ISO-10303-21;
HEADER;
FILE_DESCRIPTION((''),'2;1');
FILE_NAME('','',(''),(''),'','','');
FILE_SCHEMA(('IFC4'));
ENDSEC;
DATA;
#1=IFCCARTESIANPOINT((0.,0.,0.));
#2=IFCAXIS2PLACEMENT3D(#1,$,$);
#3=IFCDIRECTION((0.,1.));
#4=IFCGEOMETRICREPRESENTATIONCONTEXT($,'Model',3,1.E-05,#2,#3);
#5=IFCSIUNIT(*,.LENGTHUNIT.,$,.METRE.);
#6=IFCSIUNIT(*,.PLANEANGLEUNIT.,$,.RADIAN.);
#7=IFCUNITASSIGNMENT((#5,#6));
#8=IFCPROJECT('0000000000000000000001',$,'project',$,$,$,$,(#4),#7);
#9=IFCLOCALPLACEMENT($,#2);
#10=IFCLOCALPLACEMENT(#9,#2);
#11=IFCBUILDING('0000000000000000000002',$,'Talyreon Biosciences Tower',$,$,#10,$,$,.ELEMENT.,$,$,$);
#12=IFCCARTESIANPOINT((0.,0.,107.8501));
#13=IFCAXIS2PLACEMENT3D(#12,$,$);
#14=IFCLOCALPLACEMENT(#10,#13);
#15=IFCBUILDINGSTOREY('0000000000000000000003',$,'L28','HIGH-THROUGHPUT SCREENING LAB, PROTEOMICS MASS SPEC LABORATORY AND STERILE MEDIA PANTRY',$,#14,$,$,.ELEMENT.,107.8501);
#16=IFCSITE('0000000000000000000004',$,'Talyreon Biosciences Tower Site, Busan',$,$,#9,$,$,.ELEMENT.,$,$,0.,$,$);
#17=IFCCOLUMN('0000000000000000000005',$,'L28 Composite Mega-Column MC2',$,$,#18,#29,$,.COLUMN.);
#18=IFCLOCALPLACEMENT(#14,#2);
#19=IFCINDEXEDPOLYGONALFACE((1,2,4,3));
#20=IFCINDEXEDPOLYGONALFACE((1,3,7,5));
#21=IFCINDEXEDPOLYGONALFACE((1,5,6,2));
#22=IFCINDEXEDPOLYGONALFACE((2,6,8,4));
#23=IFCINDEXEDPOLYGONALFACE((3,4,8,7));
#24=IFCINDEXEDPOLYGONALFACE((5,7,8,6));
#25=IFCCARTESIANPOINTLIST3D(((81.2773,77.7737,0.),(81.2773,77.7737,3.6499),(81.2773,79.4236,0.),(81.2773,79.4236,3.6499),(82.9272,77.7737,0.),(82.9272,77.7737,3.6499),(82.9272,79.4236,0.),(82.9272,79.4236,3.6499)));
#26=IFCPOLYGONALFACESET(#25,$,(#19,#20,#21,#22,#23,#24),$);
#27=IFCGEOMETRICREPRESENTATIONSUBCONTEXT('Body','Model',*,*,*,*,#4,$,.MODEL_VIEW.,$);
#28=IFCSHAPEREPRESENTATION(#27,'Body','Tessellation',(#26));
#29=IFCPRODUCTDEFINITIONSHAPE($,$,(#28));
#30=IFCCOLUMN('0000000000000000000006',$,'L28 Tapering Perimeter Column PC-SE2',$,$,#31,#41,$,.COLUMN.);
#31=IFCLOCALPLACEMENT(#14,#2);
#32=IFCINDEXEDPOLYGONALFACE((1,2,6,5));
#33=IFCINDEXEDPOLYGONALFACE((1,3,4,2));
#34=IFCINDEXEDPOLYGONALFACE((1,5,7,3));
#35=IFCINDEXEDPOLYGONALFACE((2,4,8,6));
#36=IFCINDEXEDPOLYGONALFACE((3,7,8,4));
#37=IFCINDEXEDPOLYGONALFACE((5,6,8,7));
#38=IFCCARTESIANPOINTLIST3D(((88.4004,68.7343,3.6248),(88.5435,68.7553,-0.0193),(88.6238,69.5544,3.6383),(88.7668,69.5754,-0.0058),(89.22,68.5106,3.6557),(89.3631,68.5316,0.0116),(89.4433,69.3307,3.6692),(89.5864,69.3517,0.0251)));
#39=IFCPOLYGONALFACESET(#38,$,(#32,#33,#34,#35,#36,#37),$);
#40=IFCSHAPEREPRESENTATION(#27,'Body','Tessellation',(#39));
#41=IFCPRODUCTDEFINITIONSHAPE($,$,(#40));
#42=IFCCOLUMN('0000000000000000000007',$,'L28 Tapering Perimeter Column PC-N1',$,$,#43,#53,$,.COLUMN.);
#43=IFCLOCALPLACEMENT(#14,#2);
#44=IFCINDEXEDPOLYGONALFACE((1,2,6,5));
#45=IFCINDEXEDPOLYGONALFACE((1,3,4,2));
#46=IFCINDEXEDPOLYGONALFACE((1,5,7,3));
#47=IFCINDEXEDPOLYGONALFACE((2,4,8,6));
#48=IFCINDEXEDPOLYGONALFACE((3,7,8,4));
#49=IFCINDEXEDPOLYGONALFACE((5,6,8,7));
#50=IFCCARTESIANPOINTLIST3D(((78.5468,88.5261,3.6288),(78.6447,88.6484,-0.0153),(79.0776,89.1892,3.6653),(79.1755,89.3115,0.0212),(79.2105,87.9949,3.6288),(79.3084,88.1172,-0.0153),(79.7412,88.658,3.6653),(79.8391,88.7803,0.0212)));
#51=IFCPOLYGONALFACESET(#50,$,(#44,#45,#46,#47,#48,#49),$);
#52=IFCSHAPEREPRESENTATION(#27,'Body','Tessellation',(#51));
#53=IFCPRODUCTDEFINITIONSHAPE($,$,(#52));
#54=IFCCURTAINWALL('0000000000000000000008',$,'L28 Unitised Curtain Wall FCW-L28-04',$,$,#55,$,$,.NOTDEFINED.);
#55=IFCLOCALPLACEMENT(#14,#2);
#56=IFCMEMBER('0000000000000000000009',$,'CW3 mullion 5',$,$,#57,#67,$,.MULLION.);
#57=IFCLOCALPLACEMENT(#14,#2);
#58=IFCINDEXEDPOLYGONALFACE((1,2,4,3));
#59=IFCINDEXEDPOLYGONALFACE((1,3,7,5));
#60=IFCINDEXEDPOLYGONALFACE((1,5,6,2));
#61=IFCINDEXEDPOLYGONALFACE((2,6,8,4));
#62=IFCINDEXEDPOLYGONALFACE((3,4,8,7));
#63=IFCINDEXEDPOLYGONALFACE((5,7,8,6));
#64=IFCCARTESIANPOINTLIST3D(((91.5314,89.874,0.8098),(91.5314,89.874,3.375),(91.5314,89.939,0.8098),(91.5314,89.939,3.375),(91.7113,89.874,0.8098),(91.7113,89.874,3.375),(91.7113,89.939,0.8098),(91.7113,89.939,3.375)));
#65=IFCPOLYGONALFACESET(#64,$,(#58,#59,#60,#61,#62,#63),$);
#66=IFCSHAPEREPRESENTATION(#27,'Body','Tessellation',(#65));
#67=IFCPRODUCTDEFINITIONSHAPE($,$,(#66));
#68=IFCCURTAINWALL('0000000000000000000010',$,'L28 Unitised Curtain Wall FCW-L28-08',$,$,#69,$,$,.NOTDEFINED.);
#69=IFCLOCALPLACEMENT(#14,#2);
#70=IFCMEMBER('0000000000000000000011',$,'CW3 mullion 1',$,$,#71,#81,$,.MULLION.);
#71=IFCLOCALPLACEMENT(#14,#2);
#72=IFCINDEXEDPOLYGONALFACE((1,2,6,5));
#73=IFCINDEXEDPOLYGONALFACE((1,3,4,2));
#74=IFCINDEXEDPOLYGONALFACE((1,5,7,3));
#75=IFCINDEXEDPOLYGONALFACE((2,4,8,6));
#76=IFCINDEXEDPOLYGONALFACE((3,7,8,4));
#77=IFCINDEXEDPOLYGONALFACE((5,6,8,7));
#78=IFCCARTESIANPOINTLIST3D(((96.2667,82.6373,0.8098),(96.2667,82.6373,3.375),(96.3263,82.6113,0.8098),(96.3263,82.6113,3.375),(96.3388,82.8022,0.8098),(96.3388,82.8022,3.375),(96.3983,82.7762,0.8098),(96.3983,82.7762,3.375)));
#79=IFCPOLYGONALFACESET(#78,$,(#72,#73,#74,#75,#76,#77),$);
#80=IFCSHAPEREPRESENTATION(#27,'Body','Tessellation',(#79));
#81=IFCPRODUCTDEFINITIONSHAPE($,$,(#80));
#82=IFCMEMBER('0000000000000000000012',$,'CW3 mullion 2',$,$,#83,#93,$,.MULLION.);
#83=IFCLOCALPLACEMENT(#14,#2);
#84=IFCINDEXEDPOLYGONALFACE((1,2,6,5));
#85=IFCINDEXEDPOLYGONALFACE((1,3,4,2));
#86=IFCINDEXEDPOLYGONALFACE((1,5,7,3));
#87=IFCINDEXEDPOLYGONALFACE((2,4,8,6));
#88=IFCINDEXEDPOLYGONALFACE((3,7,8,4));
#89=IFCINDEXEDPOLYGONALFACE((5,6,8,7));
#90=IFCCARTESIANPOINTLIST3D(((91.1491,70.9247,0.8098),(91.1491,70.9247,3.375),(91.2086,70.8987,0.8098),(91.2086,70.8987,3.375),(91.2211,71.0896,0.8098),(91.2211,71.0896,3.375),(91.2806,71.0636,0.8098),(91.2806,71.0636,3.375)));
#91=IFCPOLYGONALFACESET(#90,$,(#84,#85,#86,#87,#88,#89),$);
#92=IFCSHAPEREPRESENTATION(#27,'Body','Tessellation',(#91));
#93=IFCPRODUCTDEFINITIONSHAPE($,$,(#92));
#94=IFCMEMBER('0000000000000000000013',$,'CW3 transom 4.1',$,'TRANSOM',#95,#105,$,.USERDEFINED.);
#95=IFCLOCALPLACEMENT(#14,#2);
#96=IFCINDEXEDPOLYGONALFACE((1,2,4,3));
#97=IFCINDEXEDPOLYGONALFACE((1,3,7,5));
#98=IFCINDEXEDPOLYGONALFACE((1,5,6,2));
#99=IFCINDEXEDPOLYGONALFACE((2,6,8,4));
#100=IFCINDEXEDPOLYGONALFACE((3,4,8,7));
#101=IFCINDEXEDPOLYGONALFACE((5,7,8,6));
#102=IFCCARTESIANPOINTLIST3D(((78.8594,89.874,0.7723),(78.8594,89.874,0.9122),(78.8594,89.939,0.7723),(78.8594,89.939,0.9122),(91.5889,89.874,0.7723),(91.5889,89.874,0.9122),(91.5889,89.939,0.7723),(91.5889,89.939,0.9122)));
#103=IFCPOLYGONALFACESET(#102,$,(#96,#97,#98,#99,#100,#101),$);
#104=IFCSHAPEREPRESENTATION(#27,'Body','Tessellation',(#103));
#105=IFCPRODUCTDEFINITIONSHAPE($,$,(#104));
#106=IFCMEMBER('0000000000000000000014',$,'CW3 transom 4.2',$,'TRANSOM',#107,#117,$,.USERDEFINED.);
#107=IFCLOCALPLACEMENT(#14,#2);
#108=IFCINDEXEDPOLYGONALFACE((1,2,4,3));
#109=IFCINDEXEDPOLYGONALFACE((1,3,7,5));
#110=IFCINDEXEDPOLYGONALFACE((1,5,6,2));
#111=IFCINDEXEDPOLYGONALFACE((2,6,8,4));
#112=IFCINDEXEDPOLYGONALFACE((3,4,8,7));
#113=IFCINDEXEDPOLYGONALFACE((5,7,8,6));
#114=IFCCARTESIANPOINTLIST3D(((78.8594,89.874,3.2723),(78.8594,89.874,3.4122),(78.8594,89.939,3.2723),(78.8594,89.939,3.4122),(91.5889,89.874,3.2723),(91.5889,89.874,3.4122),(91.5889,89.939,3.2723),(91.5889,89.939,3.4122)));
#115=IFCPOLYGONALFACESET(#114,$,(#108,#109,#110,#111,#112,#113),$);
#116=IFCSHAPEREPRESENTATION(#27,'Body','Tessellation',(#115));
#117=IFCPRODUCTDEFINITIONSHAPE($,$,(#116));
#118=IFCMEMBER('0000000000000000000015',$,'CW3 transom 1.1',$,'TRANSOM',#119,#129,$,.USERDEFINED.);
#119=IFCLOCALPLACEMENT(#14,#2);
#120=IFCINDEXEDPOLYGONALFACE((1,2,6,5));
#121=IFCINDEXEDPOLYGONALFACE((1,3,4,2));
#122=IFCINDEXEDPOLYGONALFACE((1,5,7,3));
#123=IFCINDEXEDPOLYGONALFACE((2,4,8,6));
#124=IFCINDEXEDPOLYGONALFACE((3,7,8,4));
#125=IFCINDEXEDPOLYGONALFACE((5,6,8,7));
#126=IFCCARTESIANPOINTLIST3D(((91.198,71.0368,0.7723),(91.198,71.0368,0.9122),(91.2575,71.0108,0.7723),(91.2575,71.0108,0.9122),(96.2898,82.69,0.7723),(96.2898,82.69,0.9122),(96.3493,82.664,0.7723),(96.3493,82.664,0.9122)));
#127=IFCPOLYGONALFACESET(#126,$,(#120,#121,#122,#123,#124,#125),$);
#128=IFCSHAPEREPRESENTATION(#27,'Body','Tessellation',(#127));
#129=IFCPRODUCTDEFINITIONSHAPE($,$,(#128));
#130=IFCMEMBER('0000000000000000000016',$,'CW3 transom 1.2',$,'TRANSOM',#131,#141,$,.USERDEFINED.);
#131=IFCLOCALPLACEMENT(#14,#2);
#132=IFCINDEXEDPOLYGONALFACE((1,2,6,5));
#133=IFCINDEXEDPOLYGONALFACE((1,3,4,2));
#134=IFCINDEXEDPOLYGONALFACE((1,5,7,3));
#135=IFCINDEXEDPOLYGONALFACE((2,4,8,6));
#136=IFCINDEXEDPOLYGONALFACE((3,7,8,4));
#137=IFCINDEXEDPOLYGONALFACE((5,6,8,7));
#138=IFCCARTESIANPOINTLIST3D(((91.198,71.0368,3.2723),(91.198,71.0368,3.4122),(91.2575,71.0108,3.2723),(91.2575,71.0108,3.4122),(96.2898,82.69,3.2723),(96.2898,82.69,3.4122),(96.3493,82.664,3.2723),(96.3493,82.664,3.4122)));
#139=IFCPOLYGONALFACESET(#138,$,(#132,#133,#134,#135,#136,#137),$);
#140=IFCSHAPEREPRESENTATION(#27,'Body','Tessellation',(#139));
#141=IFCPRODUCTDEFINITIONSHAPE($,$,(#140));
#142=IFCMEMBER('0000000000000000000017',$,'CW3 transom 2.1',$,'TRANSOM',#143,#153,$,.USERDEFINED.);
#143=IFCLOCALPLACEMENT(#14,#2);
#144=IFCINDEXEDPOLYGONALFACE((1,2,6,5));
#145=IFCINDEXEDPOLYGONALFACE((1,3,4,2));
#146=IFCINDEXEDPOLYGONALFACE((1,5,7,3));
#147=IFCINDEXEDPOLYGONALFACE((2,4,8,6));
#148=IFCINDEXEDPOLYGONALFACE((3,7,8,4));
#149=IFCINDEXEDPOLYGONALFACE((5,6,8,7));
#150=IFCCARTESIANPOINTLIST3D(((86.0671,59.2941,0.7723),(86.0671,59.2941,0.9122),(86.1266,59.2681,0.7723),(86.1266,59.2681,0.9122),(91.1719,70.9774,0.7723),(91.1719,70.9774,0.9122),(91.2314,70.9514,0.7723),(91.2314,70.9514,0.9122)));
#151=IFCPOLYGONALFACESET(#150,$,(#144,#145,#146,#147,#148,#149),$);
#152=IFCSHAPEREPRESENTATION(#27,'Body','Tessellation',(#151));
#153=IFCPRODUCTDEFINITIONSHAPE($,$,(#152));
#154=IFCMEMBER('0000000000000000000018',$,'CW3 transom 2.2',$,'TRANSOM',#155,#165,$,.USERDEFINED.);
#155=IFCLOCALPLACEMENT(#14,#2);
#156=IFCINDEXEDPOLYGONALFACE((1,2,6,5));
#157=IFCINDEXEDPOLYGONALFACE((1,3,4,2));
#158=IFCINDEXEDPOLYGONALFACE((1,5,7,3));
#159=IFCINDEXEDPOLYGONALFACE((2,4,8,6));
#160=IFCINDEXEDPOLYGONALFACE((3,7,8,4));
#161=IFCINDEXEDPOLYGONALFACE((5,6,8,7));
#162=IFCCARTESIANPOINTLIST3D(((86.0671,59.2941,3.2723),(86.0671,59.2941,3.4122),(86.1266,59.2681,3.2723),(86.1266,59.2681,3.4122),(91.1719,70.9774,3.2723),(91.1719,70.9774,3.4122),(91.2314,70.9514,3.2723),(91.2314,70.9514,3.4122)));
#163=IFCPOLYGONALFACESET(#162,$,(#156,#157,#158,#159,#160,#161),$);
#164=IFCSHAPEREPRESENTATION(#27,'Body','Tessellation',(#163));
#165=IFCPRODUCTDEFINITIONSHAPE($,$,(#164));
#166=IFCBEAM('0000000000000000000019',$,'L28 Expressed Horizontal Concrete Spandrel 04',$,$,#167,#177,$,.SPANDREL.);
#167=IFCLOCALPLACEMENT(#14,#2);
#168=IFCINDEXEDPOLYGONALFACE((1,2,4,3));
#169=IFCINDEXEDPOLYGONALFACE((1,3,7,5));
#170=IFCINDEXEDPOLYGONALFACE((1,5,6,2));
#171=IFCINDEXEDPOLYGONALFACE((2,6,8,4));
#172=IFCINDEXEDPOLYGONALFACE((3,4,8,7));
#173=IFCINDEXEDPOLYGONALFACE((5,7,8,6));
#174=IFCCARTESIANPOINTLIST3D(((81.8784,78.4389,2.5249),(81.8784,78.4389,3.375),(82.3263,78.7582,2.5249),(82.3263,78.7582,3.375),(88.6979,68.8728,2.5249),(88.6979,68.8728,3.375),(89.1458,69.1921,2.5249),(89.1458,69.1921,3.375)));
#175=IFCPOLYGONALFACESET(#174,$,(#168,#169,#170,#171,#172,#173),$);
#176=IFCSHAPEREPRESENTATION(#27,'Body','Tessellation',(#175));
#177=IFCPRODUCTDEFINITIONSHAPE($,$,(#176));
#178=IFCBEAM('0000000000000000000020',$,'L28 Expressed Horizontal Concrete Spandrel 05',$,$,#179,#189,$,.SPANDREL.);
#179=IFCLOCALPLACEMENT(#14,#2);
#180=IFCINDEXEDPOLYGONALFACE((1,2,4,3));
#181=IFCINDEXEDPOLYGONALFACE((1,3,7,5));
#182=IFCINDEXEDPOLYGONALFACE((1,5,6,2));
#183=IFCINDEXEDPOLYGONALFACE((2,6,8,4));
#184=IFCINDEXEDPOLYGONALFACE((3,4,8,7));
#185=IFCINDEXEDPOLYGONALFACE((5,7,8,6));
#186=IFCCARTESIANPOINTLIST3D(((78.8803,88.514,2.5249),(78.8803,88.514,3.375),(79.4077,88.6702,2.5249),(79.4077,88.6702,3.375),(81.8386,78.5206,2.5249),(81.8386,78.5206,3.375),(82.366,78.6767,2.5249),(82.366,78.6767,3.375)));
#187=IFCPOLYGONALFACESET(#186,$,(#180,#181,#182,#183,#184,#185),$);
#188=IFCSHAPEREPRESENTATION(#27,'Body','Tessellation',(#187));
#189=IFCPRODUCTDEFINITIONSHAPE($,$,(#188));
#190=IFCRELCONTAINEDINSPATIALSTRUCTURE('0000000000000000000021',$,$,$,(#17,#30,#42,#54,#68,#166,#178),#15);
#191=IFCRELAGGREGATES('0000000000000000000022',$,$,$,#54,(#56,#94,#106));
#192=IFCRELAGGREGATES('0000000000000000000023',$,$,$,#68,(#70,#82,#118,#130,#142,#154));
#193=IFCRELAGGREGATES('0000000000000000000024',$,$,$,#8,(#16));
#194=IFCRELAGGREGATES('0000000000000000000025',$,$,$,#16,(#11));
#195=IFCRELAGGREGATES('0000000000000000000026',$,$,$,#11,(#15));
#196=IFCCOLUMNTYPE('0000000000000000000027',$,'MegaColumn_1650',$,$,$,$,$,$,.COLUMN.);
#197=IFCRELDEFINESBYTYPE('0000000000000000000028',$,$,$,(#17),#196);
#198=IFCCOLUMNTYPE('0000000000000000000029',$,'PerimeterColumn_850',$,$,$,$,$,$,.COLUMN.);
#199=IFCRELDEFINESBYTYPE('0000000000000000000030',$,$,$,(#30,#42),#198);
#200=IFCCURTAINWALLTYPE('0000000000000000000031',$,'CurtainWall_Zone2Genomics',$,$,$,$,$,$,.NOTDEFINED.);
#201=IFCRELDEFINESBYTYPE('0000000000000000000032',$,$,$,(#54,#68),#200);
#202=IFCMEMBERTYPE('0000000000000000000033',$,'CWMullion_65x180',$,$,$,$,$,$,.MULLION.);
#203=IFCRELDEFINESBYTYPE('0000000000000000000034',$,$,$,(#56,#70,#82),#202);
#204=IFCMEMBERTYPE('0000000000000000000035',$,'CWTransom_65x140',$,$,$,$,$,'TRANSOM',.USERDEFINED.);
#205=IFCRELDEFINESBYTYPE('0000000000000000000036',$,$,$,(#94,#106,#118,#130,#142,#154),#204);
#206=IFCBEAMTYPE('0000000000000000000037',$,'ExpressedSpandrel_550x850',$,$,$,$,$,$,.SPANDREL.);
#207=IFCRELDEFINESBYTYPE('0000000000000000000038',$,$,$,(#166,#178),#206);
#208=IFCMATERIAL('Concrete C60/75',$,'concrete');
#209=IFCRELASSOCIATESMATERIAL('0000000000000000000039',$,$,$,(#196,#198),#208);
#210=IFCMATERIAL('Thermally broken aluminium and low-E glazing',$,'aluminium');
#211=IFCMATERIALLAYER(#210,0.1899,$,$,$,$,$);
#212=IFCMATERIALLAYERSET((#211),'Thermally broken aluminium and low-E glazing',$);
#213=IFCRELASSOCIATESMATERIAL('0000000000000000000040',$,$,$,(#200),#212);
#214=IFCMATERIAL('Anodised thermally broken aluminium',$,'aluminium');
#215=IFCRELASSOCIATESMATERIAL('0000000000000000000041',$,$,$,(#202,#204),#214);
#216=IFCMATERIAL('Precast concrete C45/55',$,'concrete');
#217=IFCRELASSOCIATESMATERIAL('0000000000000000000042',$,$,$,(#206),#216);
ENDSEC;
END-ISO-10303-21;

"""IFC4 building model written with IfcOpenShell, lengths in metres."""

from ifc_helpers import new_model, si_unit, direction, frame, origin, origin_2d, place, context, subcontext, project, spatial, rectangle, extrude, material, layer, layer_set, material_profile, profile_set, type_object, element, aggregate, save


model = new_model("IFC4")

# Units and contexts
model_context = context("Model", 3, precision=1e-05, world=origin(), true_north=direction((0.0, 1.0)))
body_context = subcontext(model_context, "Body", "Model", "MODEL_VIEW")
ifc_project = project(units=[si_unit("LENGTHUNIT", "METRE"), si_unit("PLANEANGLEUNIT", "RADIAN")], contexts=[model_context])

# Site, building, storey
site_placement = place(None, origin())
site = spatial("IfcSite", under=ifc_project, at=site_placement, Name="Talyreon Biosciences Tower Site, Busan", CompositionType="ELEMENT", RefElevation=0.0)
building_placement = place(site_placement, origin())
building = spatial("IfcBuilding", under=site, at=building_placement, Name="Talyreon Biosciences Tower", CompositionType="ELEMENT")
storey_placement = place(building_placement, frame((0.0, 0.0, 107.8501)))
storey = spatial("IfcBuildingStorey", under=building, at=storey_placement, Name="L28", Description="HIGH-THROUGHPUT SCREENING LAB, PROTEOMICS MASS SPEC LABORATORY AND STERILE MEDIA PANTRY", CompositionType="ELEMENT", Elevation=107.8501)

# Columns
ifc_material_1 = material(Name="Concrete C60/75", Category="concrete")
ifc_material_profile_1 = material_profile(ifc_material_1, rectangle(XDim=1.6499, YDim=1.6499, at=origin_2d()), Name="RC 1650x1650")
ifc_profile_set_1 = profile_set([ifc_material_profile_1], Name="Concrete C60/75")
column_type_1 = type_object("IfcColumnType", Name="MegaColumn_1650", PredefinedType="COLUMN", material=ifc_profile_set_1)
column_1_placement = place(storey_placement, frame((82.1023, 78.5986, 0.0), z_axis=(0.0, 0.0, 1.0), x_axis=(1.0, 0.0, 0.0)))
element("IfcColumn", 1, at=column_1_placement, inside=storey, type_object=column_type_1, Name="L28 Composite Mega-Column MC2", PredefinedType="COLUMN", context=body_context, shape_type="SweptSolid", body=[
    extrude(rectangle(XDim=1.6499, YDim=1.6499, at=origin_2d()), origin(), (0.0, 0.0, 1.0), 3.6499),
])
ifc_material_profile_2 = material_profile(ifc_material_1, rectangle(XDim=0.8501, YDim=0.8501, at=origin_2d()), Name="RC 850x850")
ifc_profile_set_2 = profile_set([ifc_material_profile_2], Name="Concrete C60/75")
column_type_2 = type_object("IfcColumnType", Name="PerimeterColumn_850", PredefinedType="COLUMN", material=ifc_profile_set_2)
column_2_placement = place(storey_placement, frame((89.0649, 69.0535, 0.0029), z_axis=(-0.039229, -0.005757, 0.999214), x_axis=(0.964074, -0.263136, 0.036334)))
element("IfcColumn", 2, at=column_2_placement, inside=storey, type_object=column_type_2, Name="L28 Tapering Perimeter Column PC-SE2", PredefinedType="COLUMN", context=body_context, shape_type="SweptSolid", body=[
    extrude(rectangle(XDim=0.8501, YDim=0.8501, at=origin_2d()), origin(), (0.0, 0.0, 1.0), 3.647),
])
column_3_placement = place(storey_placement, frame((79.2419, 88.7144, 0.0029), z_axis=(-0.026841, -0.033535, 0.999077), x_axis=(-0.780717, 0.624885, 0.0)))
element("IfcColumn", 3, at=column_3_placement, inside=storey, type_object=column_type_2, Name="L28 Tapering Perimeter Column PC-N1", PredefinedType="COLUMN", context=body_context, shape_type="SweptSolid", body=[
    extrude(rectangle(XDim=0.8501, YDim=0.8501, at=origin_2d()), origin(), (0.0, 0.0, 1.0), 3.6475),
])

# Curtain wall, member
ifc_material_2 = material(Name="Thermally broken aluminium and low-E glazing", Category="aluminium")
ifc_layer_1 = layer(ifc_material_2, 0.1899)
ifc_layer_set_1 = layer_set([ifc_layer_1], Name="Thermally broken aluminium and low-E glazing")
curtain_wall_type = type_object("IfcCurtainWallType", Name="CurtainWall_Zone2Genomics", PredefinedType="NOTDEFINED", material=ifc_layer_set_1)
curtain_wall_1_placement = place(storey_placement, origin())
curtain_wall_1 = element("IfcCurtainWall", 4, at=curtain_wall_1_placement, inside=storey, type_object=curtain_wall_type, Name="L28 Unitised Curtain Wall FCW-L28-04", PredefinedType="NOTDEFINED")
ifc_material_3 = material(Name="Anodised thermally broken aluminium", Category="aluminium")
ifc_material_profile_3 = material_profile(ifc_material_3, rectangle(XDim=0.0649, YDim=0.1799, at=origin_2d()), Name="ALUM MULLION 65x180")
ifc_profile_set_3 = profile_set([ifc_material_profile_3], Name="Anodised thermally broken aluminium")
member_type_1 = type_object("IfcMemberType", Name="CWMullion_65x180", PredefinedType="MULLION", material=ifc_profile_set_3)
member_1_placement = place(storey_placement, frame((91.6213, 89.9065, 0.8098), z_axis=(0.0, 0.0, 1.0), x_axis=(0.0, 1.0, 0.0)))
member_1 = element("IfcMember", 5, at=member_1_placement, type_object=member_type_1, Name="CW3 mullion 5", PredefinedType="MULLION", context=body_context, shape_type="SweptSolid", body=[
    extrude(rectangle(XDim=0.0649, YDim=0.1799, at=origin_2d()), origin(), (0.0, 0.0, 1.0), 2.5652),
])

# Curtain wall, members
curtain_wall_2_placement = place(storey_placement, origin())
curtain_wall_2 = element("IfcCurtainWall", 6, at=curtain_wall_2_placement, inside=storey, type_object=curtain_wall_type, Name="L28 Unitised Curtain Wall FCW-L28-08", PredefinedType="NOTDEFINED")
member_2_placement = place(storey_placement, frame((96.3325, 82.7068, 0.8098), z_axis=(0.0, 0.0, 1.0), x_axis=(0.916346, -0.400387, 0.0)))
member_2 = element("IfcMember", 7, at=member_2_placement, type_object=member_type_1, Name="CW3 mullion 1", PredefinedType="MULLION", context=body_context, shape_type="SweptSolid", body=[
    extrude(rectangle(XDim=0.0649, YDim=0.1799, at=origin_2d()), origin(), (0.0, 0.0, 1.0), 2.5652),
])
member_3_placement = place(storey_placement, frame((91.2148, 70.9941, 0.8098), z_axis=(0.0, 0.0, 1.0), x_axis=(0.916346, -0.400387, 0.0)))
member_3 = element("IfcMember", 8, at=member_3_placement, type_object=member_type_1, Name="CW3 mullion 2", PredefinedType="MULLION", context=body_context, shape_type="SweptSolid", body=[
    extrude(rectangle(XDim=0.0649, YDim=0.1799, at=origin_2d()), origin(), (0.0, 0.0, 1.0), 2.5652),
])

# Members
ifc_material_profile_4 = material_profile(ifc_material_3, rectangle(XDim=0.0649, YDim=0.1399, at=origin_2d()), Name="ALUM TRANSOM 65x140")
ifc_profile_set_4 = profile_set([ifc_material_profile_4], Name="Anodised thermally broken aluminium")
member_type_2 = type_object("IfcMemberType", Name="CWTransom_65x140", ElementType="TRANSOM", PredefinedType="USERDEFINED", material=ifc_profile_set_4)
member_4_placement = place(storey_placement, frame((78.8594, 89.9065, 0.8423), z_axis=(1.0, 0.0, 0.0), x_axis=(0.0, 1.0, 0.0)))
member_4 = element("IfcMember", 9, at=member_4_placement, type_object=member_type_2, Name="CW3 transom 4.1", ObjectType="TRANSOM", PredefinedType="USERDEFINED", context=body_context, shape_type="SweptSolid", body=[
    extrude(rectangle(XDim=0.0649, YDim=0.1399, at=origin_2d()), origin(), (0.0, 0.0, 1.0), 12.7295),
])
member_5_placement = place(storey_placement, frame((78.8594, 89.9065, 3.3423), z_axis=(1.0, 0.0, 0.0), x_axis=(0.0, 1.0, 0.0)))
member_5 = element("IfcMember", 10, at=member_5_placement, type_object=member_type_2, Name="CW3 transom 4.2", ObjectType="TRANSOM", PredefinedType="USERDEFINED", context=body_context, shape_type="SweptSolid", body=[
    extrude(rectangle(XDim=0.0649, YDim=0.1399, at=origin_2d()), origin(), (0.0, 0.0, 1.0), 12.7295),
])
member_6_placement = place(storey_placement, frame((96.3196, 82.677, 0.8423), z_axis=(-0.400395, -0.916343, 0.0), x_axis=(0.916343, -0.400395, 0.0)))
member_6 = element("IfcMember", 11, at=member_6_placement, type_object=member_type_2, Name="CW3 transom 1.1", ObjectType="TRANSOM", PredefinedType="USERDEFINED", context=body_context, shape_type="SweptSolid", body=[
    extrude(rectangle(XDim=0.0649, YDim=0.1399, at=origin_2d()), origin(), (0.0, 0.0, 1.0), 12.717),
])
member_7_placement = place(storey_placement, frame((96.3196, 82.677, 3.3423), z_axis=(-0.400395, -0.916343, 0.0), x_axis=(0.916343, -0.400395, 0.0)))
member_7 = element("IfcMember", 12, at=member_7_placement, type_object=member_type_2, Name="CW3 transom 1.2", ObjectType="TRANSOM", PredefinedType="USERDEFINED", context=body_context, shape_type="SweptSolid", body=[
    extrude(rectangle(XDim=0.0649, YDim=0.1399, at=origin_2d()), origin(), (0.0, 0.0, 1.0), 12.717),
])
member_8_placement = place(storey_placement, frame((91.2017, 70.9644, 0.8423), z_axis=(-0.400383, -0.916348, 0.0), x_axis=(0.916348, -0.400383, 0.0)))
member_8 = element("IfcMember", 13, at=member_8_placement, type_object=member_type_2, Name="CW3 transom 2.1", ObjectType="TRANSOM", PredefinedType="USERDEFINED", context=body_context, shape_type="SweptSolid", body=[
    extrude(rectangle(XDim=0.0649, YDim=0.1399, at=origin_2d()), origin(), (0.0, 0.0, 1.0), 12.7498),
])
member_9_placement = place(storey_placement, frame((91.2017, 70.9644, 3.3423), z_axis=(-0.400383, -0.916348, 0.0), x_axis=(0.916348, -0.400383, 0.0)))
member_9 = element("IfcMember", 14, at=member_9_placement, type_object=member_type_2, Name="CW3 transom 2.2", ObjectType="TRANSOM", PredefinedType="USERDEFINED", context=body_context, shape_type="SweptSolid", body=[
    extrude(rectangle(XDim=0.0649, YDim=0.1399, at=origin_2d()), origin(), (0.0, 0.0, 1.0), 12.7498),
])

# Beams
ifc_material_4 = material(Name="Precast concrete C45/55", Category="concrete")
ifc_material_profile_5 = material_profile(ifc_material_4, rectangle(XDim=0.55, YDim=0.8501, at=origin_2d()), Name="RCB 550x850")
ifc_profile_set_5 = profile_set([ifc_material_profile_5], Name="Precast concrete C45/55")
beam_type_1 = type_object("IfcBeamType", Name="ExpressedSpandrel_550x850", PredefinedType="SPANDREL", material=ifc_profile_set_5)
beam_1_placement = place(storey_placement, frame((88.9219, 69.0325, 2.95), z_axis=(-0.580483, 0.814272, 0.0), x_axis=(-0.814272, -0.580483, 0.0)))
element("IfcBeam", 15, at=beam_1_placement, inside=storey, type_object=beam_type_1, Name="L28 Expressed Horizontal Concrete Spandrel 04", PredefinedType="SPANDREL", context=body_context, shape_type="SweptSolid", body=[
    extrude(rectangle(XDim=0.55, YDim=0.8501, at=origin_2d()), origin(), (0.0, 0.0, 1.0), 11.748),
])
beam_2_placement = place(storey_placement, frame((82.1023, 78.5986, 2.95), z_axis=(-0.283845, 0.95887, 0.0), x_axis=(-0.95887, -0.283845, 0.0)))
element("IfcBeam", 16, at=beam_2_placement, inside=storey, type_object=beam_type_1, Name="L28 Expressed Horizontal Concrete Spandrel 05", PredefinedType="SPANDREL", context=body_context, shape_type="SweptSolid", body=[
    extrude(rectangle(XDim=0.55, YDim=0.8501, at=origin_2d()), origin(), (0.0, 0.0, 1.0), 10.4221),
])

aggregate(curtain_wall_1, [member_1, member_4, member_5])
aggregate(curtain_wall_2, [member_2, member_3, member_6, member_7, member_8, member_9])

save(model, "model.ifc")
